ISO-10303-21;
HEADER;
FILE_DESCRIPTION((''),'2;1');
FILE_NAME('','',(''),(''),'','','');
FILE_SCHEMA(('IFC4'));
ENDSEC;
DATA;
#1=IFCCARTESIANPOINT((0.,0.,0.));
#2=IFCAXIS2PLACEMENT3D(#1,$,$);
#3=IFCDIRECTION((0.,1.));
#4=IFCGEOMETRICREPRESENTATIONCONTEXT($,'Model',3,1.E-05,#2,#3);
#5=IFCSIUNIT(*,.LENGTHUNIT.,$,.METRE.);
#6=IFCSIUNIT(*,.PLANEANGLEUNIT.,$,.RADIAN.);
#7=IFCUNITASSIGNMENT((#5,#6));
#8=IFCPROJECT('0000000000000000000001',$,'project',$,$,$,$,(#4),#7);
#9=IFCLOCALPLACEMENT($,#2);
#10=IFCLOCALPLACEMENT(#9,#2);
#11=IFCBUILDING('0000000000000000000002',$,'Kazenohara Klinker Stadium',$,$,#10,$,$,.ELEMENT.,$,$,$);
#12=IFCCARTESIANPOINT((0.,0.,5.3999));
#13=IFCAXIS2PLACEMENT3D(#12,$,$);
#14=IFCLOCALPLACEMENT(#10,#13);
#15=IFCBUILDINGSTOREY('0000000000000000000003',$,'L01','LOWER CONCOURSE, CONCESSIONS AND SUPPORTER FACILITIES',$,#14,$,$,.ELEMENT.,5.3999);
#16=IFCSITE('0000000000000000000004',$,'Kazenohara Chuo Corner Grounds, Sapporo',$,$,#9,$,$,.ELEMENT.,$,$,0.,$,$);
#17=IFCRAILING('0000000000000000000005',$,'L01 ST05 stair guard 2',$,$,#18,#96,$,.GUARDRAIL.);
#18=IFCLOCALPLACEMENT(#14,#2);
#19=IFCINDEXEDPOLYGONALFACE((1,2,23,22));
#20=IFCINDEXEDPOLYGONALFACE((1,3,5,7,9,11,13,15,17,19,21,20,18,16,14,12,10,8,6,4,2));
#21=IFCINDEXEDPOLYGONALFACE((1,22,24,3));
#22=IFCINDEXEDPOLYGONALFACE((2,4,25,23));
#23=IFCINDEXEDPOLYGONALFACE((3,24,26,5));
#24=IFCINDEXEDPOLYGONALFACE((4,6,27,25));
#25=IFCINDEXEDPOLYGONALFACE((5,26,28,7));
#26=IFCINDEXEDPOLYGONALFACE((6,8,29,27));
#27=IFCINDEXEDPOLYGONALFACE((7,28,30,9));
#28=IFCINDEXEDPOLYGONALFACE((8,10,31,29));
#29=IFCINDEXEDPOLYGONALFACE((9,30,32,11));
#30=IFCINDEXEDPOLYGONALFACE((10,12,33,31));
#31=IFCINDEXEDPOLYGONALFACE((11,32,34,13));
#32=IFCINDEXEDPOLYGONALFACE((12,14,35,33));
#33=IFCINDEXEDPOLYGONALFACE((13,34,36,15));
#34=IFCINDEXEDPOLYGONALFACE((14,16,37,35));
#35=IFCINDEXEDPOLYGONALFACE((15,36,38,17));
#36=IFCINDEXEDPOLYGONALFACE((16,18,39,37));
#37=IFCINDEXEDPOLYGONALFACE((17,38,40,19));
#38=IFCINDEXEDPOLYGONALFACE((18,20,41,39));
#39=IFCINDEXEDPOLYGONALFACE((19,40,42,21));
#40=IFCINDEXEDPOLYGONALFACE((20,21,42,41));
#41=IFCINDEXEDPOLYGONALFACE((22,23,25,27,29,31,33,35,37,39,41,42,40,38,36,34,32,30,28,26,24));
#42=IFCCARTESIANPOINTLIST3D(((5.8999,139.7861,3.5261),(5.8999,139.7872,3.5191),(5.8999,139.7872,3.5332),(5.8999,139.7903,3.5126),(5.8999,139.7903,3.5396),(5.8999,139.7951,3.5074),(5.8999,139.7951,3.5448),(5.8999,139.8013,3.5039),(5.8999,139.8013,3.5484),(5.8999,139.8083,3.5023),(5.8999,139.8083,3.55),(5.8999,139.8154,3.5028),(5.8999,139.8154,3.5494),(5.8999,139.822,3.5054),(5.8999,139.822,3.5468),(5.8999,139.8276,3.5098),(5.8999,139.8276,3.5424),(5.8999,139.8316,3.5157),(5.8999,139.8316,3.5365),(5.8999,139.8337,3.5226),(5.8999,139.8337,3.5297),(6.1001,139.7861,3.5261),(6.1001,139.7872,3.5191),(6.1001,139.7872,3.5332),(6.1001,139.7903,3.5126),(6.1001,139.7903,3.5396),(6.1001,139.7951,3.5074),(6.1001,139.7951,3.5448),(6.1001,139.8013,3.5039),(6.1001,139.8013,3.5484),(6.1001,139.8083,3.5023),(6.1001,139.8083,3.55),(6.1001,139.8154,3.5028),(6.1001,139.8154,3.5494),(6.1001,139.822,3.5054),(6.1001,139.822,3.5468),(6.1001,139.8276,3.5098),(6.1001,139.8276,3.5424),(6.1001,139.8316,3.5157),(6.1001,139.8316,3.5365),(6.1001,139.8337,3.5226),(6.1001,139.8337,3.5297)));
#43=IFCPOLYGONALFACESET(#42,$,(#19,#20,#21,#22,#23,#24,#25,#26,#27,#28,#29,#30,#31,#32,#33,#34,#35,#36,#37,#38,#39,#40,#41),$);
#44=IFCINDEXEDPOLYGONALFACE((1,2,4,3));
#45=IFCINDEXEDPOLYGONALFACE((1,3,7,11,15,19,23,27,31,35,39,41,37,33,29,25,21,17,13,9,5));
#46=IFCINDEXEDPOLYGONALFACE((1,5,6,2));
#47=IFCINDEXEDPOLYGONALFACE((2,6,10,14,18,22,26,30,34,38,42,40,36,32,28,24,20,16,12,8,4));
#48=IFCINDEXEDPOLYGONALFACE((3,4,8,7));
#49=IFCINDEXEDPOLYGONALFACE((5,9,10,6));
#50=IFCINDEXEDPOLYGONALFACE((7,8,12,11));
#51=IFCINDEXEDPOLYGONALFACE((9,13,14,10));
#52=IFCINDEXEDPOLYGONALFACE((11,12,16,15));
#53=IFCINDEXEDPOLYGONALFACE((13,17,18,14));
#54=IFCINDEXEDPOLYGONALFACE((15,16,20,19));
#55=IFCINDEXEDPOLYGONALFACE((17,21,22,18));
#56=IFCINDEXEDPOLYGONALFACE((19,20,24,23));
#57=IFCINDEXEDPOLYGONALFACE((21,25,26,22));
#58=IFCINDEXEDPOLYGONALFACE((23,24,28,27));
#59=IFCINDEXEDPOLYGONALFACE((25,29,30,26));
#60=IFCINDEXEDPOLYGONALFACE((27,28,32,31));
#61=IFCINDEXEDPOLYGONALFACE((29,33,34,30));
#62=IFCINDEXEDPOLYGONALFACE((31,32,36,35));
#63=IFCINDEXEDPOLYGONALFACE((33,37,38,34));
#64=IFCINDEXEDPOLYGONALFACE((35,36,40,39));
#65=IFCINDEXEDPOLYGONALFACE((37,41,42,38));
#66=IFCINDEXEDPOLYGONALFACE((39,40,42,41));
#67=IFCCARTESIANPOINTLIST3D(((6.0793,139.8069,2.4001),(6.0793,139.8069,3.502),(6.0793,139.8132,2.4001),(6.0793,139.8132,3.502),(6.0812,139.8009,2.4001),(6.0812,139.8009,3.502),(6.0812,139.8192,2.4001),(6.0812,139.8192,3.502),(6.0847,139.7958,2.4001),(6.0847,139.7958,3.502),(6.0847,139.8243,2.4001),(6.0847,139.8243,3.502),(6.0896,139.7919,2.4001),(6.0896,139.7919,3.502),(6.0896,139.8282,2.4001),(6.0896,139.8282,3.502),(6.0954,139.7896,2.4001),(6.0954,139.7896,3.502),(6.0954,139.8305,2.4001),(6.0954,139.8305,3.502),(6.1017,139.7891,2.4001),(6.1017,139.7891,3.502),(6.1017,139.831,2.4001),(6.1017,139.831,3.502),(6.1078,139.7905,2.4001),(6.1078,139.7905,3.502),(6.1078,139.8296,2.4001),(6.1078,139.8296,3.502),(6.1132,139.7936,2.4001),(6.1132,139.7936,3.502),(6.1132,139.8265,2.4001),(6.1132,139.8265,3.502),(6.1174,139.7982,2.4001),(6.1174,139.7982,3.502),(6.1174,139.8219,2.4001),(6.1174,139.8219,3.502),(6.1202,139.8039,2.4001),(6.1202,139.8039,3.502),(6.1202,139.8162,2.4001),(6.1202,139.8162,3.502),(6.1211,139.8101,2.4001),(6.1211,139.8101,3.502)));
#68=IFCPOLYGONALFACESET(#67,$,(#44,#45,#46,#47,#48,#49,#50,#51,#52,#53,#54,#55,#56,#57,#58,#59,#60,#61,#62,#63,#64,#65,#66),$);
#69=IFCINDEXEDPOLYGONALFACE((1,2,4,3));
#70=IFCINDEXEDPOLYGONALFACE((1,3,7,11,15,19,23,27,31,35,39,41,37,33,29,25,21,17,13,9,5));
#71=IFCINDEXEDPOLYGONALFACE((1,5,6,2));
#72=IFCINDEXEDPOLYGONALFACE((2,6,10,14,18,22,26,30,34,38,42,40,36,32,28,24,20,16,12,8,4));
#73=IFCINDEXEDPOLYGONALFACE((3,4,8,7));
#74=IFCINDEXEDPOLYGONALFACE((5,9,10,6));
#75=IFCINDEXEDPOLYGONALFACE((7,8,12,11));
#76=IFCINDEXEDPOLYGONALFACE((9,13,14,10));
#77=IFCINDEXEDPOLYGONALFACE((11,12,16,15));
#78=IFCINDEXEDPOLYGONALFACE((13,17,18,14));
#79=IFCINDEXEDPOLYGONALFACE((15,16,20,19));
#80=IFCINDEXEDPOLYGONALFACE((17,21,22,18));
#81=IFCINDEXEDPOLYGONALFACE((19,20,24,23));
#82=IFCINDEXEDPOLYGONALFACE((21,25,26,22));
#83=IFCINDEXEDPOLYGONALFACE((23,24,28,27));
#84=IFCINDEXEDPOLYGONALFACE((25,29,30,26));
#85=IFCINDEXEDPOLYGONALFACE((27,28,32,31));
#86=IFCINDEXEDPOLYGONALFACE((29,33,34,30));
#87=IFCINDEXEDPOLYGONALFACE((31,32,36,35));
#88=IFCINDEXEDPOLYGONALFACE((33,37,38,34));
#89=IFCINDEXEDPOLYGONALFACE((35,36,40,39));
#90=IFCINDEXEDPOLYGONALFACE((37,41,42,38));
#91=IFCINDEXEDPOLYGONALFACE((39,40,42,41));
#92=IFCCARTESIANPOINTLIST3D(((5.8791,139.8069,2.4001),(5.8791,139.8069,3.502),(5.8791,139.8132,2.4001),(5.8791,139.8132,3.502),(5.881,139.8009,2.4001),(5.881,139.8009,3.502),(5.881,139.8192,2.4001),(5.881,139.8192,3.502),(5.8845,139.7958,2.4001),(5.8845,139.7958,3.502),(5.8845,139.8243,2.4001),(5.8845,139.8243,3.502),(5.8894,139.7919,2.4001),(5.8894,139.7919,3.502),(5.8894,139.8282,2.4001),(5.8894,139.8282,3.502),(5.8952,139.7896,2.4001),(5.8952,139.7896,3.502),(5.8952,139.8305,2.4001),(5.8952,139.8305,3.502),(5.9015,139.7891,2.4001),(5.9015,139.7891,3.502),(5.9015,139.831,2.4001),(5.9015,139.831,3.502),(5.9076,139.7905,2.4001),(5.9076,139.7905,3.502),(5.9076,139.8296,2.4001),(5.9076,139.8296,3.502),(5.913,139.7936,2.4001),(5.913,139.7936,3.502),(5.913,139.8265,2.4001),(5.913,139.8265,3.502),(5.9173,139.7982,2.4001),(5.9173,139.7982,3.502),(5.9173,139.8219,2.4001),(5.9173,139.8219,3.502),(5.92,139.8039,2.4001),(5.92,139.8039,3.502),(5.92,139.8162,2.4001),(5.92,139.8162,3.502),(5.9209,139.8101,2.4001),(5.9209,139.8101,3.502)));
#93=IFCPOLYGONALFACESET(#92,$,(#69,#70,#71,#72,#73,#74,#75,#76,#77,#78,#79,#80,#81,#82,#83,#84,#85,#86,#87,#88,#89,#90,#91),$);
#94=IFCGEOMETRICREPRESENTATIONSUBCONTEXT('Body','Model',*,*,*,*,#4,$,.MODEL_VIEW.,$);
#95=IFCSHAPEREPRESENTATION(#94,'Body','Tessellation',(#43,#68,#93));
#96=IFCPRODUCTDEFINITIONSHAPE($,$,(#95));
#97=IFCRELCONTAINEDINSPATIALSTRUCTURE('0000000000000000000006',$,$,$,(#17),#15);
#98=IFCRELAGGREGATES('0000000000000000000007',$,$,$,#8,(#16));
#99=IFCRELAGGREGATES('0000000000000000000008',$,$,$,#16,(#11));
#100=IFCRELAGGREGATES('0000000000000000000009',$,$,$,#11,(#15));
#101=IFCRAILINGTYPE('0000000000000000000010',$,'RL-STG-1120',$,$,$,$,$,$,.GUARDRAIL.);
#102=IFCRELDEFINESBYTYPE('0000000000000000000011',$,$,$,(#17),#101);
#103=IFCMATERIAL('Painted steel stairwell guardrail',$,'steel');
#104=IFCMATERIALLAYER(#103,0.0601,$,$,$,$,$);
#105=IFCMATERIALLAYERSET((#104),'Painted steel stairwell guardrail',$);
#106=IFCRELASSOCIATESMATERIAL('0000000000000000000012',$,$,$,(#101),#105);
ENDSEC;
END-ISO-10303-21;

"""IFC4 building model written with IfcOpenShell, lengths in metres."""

from ifc_helpers import new_model, si_unit, direction, frame, origin, origin_2d, place, context, subcontext, project, spatial, circle, extrude, material, layer, layer_set, type_object, element, save


model = new_model("IFC4")

# Units and contexts
model_context = context("Model", 3, precision=1e-05, world=origin(), true_north=direction((0.0, 1.0)))
body_context = subcontext(model_context, "Body", "Model", "MODEL_VIEW")
ifc_project = project(units=[si_unit("LENGTHUNIT", "METRE"), si_unit("PLANEANGLEUNIT", "RADIAN")], contexts=[model_context])

# Site, building, storey
site_placement = place(None, origin())
site = spatial("IfcSite", under=ifc_project, at=site_placement, Name="Kazenohara Chuo Corner Grounds, Sapporo", CompositionType="ELEMENT", RefElevation=0.0)
building_placement = place(site_placement, origin())
building = spatial("IfcBuilding", under=site, at=building_placement, Name="Kazenohara Klinker Stadium", CompositionType="ELEMENT")
storey_placement = place(building_placement, frame((0.0, 0.0, 5.3999)))
storey = spatial("IfcBuildingStorey", under=building, at=storey_placement, Name="L01", Description="LOWER CONCOURSE, CONCESSIONS AND SUPPORTER FACILITIES", CompositionType="ELEMENT", Elevation=5.3999)

# Railing
ifc_material_1 = material(Name="Painted steel stairwell guardrail", Category="steel")
ifc_layer_1 = layer(ifc_material_1, 0.0601)
ifc_layer_set_1 = layer_set([ifc_layer_1], Name="Painted steel stairwell guardrail")
railing_type_1 = type_object("IfcRailingType", Name="RL-STG-1120", PredefinedType="GUARDRAIL", material=ifc_layer_set_1)
railing_1_placement = place(storey_placement, frame((6.1001, 139.8101, 2.4001)))
element("IfcRailing", 1, at=railing_1_placement, inside=storey, type_object=railing_type_1, Name="L01 ST05 stair guard 2", PredefinedType="GUARDRAIL", context=body_context, shape_type="SweptSolid", body=[
    extrude(circle(Radius=0.0239, at=origin_2d()), frame((0.0, 0.0, 1.126), z_axis=(-1.0, 0.0, 0.0), x_axis=(0.0, -1.0, 0.0)), (0.0, 0.0, 1.0), 0.2002),
    extrude(circle(Radius=0.021, at=origin_2d()), origin(), (0.0, 0.0, 1.0), 1.1018),
    extrude(circle(Radius=0.021, at=origin_2d()), frame((-0.2002, 0.0, 0.0)), (0.0, 0.0, 1.0), 1.1018),
])

save(model, "model.ifc")
